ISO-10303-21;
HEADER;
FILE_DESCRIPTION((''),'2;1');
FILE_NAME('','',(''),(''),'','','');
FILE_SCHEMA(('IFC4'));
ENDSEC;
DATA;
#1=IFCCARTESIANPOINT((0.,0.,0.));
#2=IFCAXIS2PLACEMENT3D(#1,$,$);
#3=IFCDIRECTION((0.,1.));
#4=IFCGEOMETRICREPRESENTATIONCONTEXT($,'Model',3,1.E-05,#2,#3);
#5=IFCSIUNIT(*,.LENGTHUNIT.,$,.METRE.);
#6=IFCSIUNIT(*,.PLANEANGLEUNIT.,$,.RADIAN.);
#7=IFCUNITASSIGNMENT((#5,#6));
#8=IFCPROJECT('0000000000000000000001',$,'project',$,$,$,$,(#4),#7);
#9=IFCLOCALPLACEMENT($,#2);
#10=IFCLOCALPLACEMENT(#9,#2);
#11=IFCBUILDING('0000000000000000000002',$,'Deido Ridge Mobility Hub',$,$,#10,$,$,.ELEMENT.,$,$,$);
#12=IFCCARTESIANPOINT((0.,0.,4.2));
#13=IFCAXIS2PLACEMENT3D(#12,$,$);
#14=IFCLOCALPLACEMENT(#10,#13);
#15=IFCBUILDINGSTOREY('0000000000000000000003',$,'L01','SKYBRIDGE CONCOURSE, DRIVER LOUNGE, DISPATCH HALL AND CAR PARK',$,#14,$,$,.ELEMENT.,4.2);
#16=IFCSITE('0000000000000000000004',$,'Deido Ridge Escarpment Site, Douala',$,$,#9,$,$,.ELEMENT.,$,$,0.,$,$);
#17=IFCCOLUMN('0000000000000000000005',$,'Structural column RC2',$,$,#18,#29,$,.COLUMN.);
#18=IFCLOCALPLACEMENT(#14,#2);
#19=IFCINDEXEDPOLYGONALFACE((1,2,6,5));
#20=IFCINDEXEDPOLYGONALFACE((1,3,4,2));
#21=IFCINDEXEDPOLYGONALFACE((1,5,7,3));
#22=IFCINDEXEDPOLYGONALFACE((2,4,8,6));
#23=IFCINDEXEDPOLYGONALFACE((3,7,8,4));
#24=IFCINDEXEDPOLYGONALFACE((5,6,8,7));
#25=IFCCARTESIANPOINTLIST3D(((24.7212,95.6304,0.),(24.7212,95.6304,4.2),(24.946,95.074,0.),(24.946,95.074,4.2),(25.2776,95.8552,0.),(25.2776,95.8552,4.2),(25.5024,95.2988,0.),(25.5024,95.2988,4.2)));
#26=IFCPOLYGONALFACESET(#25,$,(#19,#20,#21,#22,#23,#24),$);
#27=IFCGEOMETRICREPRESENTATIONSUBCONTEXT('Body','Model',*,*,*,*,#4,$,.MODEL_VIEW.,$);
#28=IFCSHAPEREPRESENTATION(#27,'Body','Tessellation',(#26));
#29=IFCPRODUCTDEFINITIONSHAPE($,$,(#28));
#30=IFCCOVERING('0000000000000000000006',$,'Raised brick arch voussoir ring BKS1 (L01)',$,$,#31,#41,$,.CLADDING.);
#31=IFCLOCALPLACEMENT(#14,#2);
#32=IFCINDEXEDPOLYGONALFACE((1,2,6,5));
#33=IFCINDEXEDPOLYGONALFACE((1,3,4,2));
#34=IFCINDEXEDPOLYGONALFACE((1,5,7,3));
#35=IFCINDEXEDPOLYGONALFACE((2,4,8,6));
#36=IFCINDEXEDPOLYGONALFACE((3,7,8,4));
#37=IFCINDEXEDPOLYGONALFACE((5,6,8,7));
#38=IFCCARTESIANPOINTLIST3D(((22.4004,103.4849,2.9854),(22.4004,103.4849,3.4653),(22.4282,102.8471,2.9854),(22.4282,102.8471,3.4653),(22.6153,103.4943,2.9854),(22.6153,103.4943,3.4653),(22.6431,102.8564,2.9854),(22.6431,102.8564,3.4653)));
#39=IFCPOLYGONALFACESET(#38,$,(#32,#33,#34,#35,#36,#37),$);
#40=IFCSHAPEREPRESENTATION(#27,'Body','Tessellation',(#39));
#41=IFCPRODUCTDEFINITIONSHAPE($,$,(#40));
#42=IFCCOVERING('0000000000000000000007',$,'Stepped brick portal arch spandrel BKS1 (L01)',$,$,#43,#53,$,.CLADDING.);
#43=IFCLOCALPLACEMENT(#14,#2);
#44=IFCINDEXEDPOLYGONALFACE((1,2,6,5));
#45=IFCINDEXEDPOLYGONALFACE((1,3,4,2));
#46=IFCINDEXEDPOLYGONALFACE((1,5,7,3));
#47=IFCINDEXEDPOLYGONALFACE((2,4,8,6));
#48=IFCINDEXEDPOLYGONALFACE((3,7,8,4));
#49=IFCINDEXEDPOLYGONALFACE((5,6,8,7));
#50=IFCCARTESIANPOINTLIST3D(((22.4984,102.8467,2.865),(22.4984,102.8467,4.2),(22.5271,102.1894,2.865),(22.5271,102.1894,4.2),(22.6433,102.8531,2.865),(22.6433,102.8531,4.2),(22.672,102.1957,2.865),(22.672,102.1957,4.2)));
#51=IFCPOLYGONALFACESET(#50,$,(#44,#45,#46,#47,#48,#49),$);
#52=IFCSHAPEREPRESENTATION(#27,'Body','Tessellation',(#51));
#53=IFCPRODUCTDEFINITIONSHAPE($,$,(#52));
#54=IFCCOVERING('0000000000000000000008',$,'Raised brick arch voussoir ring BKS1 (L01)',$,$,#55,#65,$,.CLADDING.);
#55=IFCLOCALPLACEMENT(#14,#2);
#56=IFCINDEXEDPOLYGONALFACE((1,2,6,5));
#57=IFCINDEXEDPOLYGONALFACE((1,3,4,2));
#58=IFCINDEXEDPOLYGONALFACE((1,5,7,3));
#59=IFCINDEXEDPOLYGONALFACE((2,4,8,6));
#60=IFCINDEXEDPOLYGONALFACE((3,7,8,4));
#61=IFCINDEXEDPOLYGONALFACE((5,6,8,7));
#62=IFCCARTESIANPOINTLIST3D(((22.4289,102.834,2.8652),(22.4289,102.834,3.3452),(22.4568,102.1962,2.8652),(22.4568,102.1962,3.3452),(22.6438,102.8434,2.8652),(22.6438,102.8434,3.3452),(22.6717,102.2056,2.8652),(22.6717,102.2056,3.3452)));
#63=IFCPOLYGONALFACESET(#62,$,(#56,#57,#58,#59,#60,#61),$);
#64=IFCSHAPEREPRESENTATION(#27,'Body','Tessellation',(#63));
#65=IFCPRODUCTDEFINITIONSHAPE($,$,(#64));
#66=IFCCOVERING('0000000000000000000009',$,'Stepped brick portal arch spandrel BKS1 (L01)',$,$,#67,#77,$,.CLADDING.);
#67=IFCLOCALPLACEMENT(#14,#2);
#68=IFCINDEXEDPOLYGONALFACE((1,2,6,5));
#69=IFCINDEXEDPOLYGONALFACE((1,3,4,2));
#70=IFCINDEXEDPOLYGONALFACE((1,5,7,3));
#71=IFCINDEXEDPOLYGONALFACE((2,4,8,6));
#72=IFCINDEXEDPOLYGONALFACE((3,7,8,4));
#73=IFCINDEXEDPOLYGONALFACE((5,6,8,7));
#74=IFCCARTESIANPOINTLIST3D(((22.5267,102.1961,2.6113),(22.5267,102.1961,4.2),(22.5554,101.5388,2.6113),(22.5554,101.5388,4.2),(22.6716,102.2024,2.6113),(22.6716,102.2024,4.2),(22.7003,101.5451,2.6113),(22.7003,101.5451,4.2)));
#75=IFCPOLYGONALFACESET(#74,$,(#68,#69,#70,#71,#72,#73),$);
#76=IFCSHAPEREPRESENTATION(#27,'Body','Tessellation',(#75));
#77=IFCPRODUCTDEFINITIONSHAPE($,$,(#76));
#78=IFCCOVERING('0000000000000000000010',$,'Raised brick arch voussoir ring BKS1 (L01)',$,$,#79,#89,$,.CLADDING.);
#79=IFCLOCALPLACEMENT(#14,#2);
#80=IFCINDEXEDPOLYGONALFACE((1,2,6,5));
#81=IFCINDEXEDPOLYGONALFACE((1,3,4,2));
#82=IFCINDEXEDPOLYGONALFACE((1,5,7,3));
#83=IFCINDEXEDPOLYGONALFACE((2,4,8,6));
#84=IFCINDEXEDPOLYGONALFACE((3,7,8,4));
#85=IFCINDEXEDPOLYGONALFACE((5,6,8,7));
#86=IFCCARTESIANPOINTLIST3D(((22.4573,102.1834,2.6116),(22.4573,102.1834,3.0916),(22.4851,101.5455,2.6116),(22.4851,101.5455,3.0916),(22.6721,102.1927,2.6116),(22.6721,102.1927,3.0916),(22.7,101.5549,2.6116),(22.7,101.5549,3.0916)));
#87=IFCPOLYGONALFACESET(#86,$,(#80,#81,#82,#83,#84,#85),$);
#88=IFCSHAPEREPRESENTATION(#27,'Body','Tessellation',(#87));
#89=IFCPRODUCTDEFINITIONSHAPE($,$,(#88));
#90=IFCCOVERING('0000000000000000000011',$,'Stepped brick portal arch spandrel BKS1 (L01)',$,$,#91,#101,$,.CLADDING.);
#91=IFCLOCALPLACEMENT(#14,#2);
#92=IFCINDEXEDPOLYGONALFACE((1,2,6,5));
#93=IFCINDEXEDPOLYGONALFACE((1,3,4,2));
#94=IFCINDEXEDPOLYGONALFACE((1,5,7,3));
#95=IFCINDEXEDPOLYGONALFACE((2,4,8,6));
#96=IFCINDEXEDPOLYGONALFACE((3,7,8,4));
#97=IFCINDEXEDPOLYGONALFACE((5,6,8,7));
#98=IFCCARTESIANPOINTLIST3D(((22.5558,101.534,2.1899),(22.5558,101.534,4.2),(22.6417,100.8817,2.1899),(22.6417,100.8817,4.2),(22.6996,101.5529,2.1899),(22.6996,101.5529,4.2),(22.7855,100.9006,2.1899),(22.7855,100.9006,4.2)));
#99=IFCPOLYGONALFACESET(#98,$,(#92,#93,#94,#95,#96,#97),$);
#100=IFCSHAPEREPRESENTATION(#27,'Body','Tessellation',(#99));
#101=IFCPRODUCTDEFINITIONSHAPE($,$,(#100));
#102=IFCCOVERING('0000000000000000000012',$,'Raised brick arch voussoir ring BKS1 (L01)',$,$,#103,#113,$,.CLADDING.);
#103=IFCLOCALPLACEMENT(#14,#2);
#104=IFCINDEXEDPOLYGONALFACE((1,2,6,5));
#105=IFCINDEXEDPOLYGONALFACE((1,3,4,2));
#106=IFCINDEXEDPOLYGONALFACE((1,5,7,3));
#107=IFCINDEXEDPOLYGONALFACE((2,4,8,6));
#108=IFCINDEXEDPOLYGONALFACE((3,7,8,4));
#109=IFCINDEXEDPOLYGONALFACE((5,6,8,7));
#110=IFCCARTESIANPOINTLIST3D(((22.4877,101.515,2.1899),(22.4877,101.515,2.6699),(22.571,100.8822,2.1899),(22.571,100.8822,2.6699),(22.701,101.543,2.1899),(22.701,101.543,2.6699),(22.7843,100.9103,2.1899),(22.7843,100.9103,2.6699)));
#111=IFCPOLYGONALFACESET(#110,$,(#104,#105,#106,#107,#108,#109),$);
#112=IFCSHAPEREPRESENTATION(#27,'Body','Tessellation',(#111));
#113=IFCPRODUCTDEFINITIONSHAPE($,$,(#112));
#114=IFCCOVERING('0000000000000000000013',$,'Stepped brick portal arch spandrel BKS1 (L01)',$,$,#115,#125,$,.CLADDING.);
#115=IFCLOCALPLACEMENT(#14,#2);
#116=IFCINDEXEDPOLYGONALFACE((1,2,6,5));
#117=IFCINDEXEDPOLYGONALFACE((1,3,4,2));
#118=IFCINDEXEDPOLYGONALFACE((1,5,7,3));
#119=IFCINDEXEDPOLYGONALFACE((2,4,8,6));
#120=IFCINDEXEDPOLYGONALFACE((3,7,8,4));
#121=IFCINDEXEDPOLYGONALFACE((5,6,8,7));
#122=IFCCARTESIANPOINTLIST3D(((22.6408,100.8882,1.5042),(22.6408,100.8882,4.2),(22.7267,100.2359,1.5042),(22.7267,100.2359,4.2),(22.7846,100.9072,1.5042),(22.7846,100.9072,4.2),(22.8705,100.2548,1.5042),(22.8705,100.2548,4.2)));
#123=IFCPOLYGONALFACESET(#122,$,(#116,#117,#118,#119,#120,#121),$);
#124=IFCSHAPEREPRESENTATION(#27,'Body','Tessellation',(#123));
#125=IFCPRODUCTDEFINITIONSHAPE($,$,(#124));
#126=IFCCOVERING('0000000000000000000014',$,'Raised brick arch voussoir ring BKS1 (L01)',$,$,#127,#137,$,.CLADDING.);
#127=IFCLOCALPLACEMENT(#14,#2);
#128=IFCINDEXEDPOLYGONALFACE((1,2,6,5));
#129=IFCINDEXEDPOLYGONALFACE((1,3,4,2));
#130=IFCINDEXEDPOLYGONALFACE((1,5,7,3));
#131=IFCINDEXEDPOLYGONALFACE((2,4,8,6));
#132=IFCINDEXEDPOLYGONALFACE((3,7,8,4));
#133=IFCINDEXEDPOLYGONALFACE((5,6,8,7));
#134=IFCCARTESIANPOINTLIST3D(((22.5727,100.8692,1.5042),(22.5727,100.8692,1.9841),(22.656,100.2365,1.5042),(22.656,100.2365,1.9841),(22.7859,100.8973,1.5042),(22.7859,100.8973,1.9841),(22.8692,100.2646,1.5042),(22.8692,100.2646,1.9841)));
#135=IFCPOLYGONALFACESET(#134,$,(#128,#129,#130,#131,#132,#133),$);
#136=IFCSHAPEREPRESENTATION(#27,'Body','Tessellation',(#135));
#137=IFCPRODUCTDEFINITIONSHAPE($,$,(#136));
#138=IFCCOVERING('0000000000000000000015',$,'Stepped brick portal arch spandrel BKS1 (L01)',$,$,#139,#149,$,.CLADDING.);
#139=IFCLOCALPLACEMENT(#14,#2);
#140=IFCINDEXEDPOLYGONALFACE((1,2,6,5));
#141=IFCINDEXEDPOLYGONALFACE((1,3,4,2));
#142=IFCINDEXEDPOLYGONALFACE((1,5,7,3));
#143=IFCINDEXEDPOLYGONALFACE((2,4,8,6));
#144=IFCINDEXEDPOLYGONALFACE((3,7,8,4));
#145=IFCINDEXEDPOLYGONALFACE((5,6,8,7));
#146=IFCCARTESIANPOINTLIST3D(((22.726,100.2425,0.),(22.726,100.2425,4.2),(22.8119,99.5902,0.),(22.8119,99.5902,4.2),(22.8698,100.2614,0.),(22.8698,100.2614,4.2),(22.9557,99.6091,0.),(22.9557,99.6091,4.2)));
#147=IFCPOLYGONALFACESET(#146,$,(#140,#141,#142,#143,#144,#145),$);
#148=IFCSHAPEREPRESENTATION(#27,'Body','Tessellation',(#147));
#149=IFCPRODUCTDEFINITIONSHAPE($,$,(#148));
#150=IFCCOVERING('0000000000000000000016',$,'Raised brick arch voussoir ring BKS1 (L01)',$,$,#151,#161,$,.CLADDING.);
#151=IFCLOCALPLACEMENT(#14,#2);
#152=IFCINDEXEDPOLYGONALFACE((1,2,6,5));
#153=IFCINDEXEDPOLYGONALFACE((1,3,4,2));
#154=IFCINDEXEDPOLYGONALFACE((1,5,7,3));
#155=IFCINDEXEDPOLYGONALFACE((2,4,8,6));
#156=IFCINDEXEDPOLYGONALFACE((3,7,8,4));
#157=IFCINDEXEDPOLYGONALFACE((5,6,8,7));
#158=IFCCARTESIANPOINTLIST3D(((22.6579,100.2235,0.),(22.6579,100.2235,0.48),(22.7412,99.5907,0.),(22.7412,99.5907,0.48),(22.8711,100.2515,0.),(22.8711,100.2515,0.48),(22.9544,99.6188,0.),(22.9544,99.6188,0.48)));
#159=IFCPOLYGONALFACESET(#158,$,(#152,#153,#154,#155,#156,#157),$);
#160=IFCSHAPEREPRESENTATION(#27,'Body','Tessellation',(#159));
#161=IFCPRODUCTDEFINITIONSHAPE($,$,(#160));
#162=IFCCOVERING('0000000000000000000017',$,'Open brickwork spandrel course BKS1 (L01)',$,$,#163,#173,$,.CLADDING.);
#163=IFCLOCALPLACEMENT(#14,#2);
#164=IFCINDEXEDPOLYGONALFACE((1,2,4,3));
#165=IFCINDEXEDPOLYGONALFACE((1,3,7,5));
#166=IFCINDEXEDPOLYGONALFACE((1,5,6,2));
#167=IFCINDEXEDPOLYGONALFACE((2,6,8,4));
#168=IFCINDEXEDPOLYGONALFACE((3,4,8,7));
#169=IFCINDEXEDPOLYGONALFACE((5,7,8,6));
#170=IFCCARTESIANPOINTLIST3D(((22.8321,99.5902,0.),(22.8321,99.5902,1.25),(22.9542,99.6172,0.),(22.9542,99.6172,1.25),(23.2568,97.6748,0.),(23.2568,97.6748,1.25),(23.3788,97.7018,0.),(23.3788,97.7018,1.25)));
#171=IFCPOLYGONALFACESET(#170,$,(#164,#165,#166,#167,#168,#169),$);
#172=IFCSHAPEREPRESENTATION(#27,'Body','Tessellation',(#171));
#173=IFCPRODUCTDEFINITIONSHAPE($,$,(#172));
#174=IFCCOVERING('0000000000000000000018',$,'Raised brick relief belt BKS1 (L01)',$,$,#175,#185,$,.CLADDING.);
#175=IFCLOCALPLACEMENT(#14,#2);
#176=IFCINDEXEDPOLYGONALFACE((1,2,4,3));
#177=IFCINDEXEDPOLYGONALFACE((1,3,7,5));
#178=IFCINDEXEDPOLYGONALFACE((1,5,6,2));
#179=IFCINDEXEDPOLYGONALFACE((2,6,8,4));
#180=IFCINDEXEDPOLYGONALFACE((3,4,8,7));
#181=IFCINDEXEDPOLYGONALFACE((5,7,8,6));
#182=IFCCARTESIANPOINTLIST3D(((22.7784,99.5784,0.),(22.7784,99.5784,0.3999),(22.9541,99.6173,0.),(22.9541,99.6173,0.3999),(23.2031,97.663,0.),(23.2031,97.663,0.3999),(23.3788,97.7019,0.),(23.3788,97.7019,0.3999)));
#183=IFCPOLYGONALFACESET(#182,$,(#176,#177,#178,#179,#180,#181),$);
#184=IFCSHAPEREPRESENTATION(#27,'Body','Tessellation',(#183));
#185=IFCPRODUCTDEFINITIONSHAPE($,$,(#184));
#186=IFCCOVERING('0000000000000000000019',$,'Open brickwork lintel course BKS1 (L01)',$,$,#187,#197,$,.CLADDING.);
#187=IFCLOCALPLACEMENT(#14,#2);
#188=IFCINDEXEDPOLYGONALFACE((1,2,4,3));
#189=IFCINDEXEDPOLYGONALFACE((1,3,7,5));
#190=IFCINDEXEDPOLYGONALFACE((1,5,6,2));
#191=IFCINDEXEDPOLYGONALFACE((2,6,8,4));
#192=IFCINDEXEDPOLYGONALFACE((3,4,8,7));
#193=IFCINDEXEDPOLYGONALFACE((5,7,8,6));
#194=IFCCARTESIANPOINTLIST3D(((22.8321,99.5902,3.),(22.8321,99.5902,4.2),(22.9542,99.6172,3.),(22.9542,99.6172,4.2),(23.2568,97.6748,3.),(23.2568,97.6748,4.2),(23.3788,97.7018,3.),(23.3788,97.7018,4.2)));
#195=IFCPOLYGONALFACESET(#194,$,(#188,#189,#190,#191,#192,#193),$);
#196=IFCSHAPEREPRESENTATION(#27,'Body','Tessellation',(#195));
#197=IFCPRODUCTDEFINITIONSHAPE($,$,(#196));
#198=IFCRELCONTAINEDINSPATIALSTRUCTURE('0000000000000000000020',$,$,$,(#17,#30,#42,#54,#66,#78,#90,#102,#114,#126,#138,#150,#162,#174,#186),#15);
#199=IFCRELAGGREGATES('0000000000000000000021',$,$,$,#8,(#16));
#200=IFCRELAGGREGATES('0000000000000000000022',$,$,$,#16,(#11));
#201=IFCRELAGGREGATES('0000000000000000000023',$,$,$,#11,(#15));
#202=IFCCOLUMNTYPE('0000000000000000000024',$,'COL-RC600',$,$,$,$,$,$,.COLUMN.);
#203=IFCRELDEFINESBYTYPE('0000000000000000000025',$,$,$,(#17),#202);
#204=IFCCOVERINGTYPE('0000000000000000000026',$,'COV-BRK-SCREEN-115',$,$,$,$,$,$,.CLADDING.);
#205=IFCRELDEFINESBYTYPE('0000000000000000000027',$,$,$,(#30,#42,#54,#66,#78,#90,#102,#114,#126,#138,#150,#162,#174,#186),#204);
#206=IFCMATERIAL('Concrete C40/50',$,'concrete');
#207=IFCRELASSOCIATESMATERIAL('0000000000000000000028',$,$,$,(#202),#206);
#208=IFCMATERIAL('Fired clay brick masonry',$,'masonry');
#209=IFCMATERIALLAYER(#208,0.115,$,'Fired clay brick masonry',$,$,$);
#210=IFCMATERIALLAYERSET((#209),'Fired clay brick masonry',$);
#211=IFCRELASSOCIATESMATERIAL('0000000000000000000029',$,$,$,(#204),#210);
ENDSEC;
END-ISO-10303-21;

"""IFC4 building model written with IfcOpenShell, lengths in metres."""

from ifc_helpers import new_model, si_unit, direction, frame, origin, origin_2d, place, context, subcontext, project, spatial, rectangle, extrude, material, layer, layer_set, material_profile, profile_set, type_object, element, save


model = new_model("IFC4")

# Units and contexts
model_context = context("Model", 3, precision=1e-05, world=origin(), true_north=direction((0.0, 1.0)))
body_context = subcontext(model_context, "Body", "Model", "MODEL_VIEW")
ifc_project = project(units=[si_unit("LENGTHUNIT", "METRE"), si_unit("PLANEANGLEUNIT", "RADIAN")], contexts=[model_context])

# Site, building, storey
site_placement = place(None, origin())
site = spatial("IfcSite", under=ifc_project, at=site_placement, Name="Deido Ridge Escarpment Site, Douala", CompositionType="ELEMENT", RefElevation=0.0)
building_placement = place(site_placement, origin())
building = spatial("IfcBuilding", under=site, at=building_placement, Name="Deido Ridge Mobility Hub", CompositionType="ELEMENT")
storey_placement = place(building_placement, frame((0.0, 0.0, 4.2)))
storey = spatial("IfcBuildingStorey", under=building, at=storey_placement, Name="L01", Description="SKYBRIDGE CONCOURSE, DRIVER LOUNGE, DISPATCH HALL AND CAR PARK", CompositionType="ELEMENT", Elevation=4.2)

# Column
ifc_material_1 = material(Name="Concrete C40/50", Category="concrete")
ifc_material_profile = material_profile(ifc_material_1, rectangle(XDim=0.6001, YDim=0.6001, at=origin_2d()), Name="RC COL 600x600")
ifc_profile_set = profile_set([ifc_material_profile], Name="Concrete C40/50")
column_type = type_object("IfcColumnType", Name="COL-RC600", PredefinedType="COLUMN", material=ifc_profile_set)
column_placement = place(storey_placement, frame((25.1118, 95.4646, 0.0), z_axis=(0.0, 0.0, 1.0), x_axis=(-0.927184, -0.374607, 0.0)))
element("IfcColumn", 1, at=column_placement, inside=storey, type_object=column_type, Name="Structural column RC2", PredefinedType="COLUMN", context=body_context, shape_type="SweptSolid", body=[
    extrude(rectangle(XDim=0.6001, YDim=0.6001, at=origin_2d()), origin(), (0.0, 0.0, 1.0), 4.2),
])

# Coverings
ifc_material_2 = material(Name="Fired clay brick masonry", Category="masonry")
ifc_layer = layer(ifc_material_2, 0.115, Name="Fired clay brick masonry")
ifc_layer_set = layer_set([ifc_layer], Name="Fired clay brick masonry")
covering_type = type_object("IfcCoveringType", Name="COV-BRK-SCREEN-115", PredefinedType="CLADDING", material=ifc_layer_set)
covering_1_placement = place(storey_placement, frame((22.5217, 103.1707, 2.9854), z_axis=(0.0, 0.0, 1.0), x_axis=(0.043602, -0.999049, 0.0)))
element("IfcCovering", 2, at=covering_1_placement, inside=storey, type_object=covering_type, Name="Raised brick arch voussoir ring BKS1 (L01)", PredefinedType="CLADDING", context=body_context, shape_type="SweptSolid", body=[
    extrude(rectangle(XDim=0.6384, YDim=0.2151, at=origin_2d()), origin(), (0.0, 0.0, 1.0), 0.48),
])
covering_2_placement = place(storey_placement, frame((22.5852, 102.5212, 2.865), z_axis=(0.0, 0.0, 1.0), x_axis=(0.043602, -0.999049, 0.0)))
element("IfcCovering", 3, at=covering_2_placement, inside=storey, type_object=covering_type, Name="Stepped brick portal arch spandrel BKS1 (L01)", PredefinedType="CLADDING", context=body_context, shape_type="SweptSolid", body=[
    extrude(rectangle(XDim=0.658, YDim=0.145, at=origin_2d()), origin(), (0.0, 0.0, 1.0), 1.335),
])
covering_3_placement = place(storey_placement, frame((22.5503, 102.5198, 2.8652), z_axis=(0.0, 0.0, 1.0), x_axis=(0.043602, -0.999049, 0.0)))
element("IfcCovering", 4, at=covering_3_placement, inside=storey, type_object=covering_type, Name="Raised brick arch voussoir ring BKS1 (L01)", PredefinedType="CLADDING", context=body_context, shape_type="SweptSolid", body=[
    extrude(rectangle(XDim=0.6384, YDim=0.2151, at=origin_2d()), origin(), (0.0, 0.0, 1.0), 0.48),
])
covering_4_placement = place(storey_placement, frame((22.6135, 101.8706, 2.6113), z_axis=(0.0, 0.0, 1.0), x_axis=(0.043602, -0.999049, 0.0)))
element("IfcCovering", 5, at=covering_4_placement, inside=storey, type_object=covering_type, Name="Stepped brick portal arch spandrel BKS1 (L01)", PredefinedType="CLADDING", context=body_context, shape_type="SweptSolid", body=[
    extrude(rectangle(XDim=0.658, YDim=0.145, at=origin_2d()), origin(), (0.0, 0.0, 1.0), 1.5886),
])
covering_5_placement = place(storey_placement, frame((22.5786, 101.8691, 2.6116), z_axis=(0.0, 0.0, 1.0), x_axis=(0.043602, -0.999049, 0.0)))
element("IfcCovering", 6, at=covering_5_placement, inside=storey, type_object=covering_type, Name="Raised brick arch voussoir ring BKS1 (L01)", PredefinedType="CLADDING", context=body_context, shape_type="SweptSolid", body=[
    extrude(rectangle(XDim=0.6384, YDim=0.2151, at=origin_2d()), origin(), (0.0, 0.0, 1.0), 0.48),
])
covering_6_placement = place(storey_placement, frame((22.6707, 101.2173, 2.1899), z_axis=(0.0, 0.0, 1.0), x_axis=(0.130543, -0.991443, 0.0)))
element("IfcCovering", 7, at=covering_6_placement, inside=storey, type_object=covering_type, Name="Stepped brick portal arch spandrel BKS1 (L01)", PredefinedType="CLADDING", context=body_context, shape_type="SweptSolid", body=[
    extrude(rectangle(XDim=0.658, YDim=0.145, at=origin_2d()), origin(), (0.0, 0.0, 1.0), 2.01),
])
covering_7_placement = place(storey_placement, frame((22.636, 101.2126, 2.1899), z_axis=(0.0, 0.0, 1.0), x_axis=(0.130543, -0.991443, 0.0)))
element("IfcCovering", 8, at=covering_7_placement, inside=storey, type_object=covering_type, Name="Raised brick arch voussoir ring BKS1 (L01)", PredefinedType="CLADDING", context=body_context, shape_type="SweptSolid", body=[
    extrude(rectangle(XDim=0.6382, YDim=0.2151, at=origin_2d()), origin(), (0.0, 0.0, 1.0), 0.48),
])
covering_8_placement = place(storey_placement, frame((22.7556, 100.5715, 1.5042), z_axis=(0.0, 0.0, 1.0), x_axis=(0.130543, -0.991443, 0.0)))
element("IfcCovering", 9, at=covering_8_placement, inside=storey, type_object=covering_type, Name="Stepped brick portal arch spandrel BKS1 (L01)", PredefinedType="CLADDING", context=body_context, shape_type="SweptSolid", body=[
    extrude(rectangle(XDim=0.658, YDim=0.145, at=origin_2d()), origin(), (0.0, 0.0, 1.0), 2.6958),
])
covering_9_placement = place(storey_placement, frame((22.7209, 100.5669, 1.5042), z_axis=(0.0, 0.0, 1.0), x_axis=(0.130543, -0.991443, 0.0)))
element("IfcCovering", 10, at=covering_9_placement, inside=storey, type_object=covering_type, Name="Raised brick arch voussoir ring BKS1 (L01)", PredefinedType="CLADDING", context=body_context, shape_type="SweptSolid", body=[
    extrude(rectangle(XDim=0.6382, YDim=0.2151, at=origin_2d()), origin(), (0.0, 0.0, 1.0), 0.48),
])
covering_10_placement = place(storey_placement, frame((22.8408, 99.9258, 0.0), z_axis=(0.0, 0.0, 1.0), x_axis=(0.130543, -0.991443, 0.0)))
element("IfcCovering", 11, at=covering_10_placement, inside=storey, type_object=covering_type, Name="Stepped brick portal arch spandrel BKS1 (L01)", PredefinedType="CLADDING", context=body_context, shape_type="SweptSolid", body=[
    extrude(rectangle(XDim=0.658, YDim=0.145, at=origin_2d()), origin(), (0.0, 0.0, 1.0), 4.2),
])
covering_11_placement = place(storey_placement, frame((22.8062, 99.9211, 0.0), z_axis=(0.0, 0.0, 1.0), x_axis=(0.130543, -0.991443, 0.0)))
element("IfcCovering", 12, at=covering_11_placement, inside=storey, type_object=covering_type, Name="Raised brick arch voussoir ring BKS1 (L01)", PredefinedType="CLADDING", context=body_context, shape_type="SweptSolid", body=[
    extrude(rectangle(XDim=0.6382, YDim=0.2151, at=origin_2d()), origin(), (0.0, 0.0, 1.0), 0.48),
])
covering_12_placement = place(storey_placement, frame((23.1055, 98.646, 0.0), z_axis=(0.0, 0.0, 1.0), x_axis=(0.216457, -0.976292, 0.0)))
element("IfcCovering", 13, at=covering_12_placement, inside=storey, type_object=covering_type, Name="Open brickwork spandrel course BKS1 (L01)", PredefinedType="CLADDING", context=body_context, shape_type="SweptSolid", body=[
    extrude(rectangle(XDim=1.9619, YDim=0.125, at=origin_2d()), origin(), (0.0, 0.0, 1.0), 1.25),
])
covering_13_placement = place(storey_placement, frame((23.0786, 98.6401, 0.0), z_axis=(0.0, 0.0, 1.0), x_axis=(0.216457, -0.976292, 0.0)))
element("IfcCovering", 14, at=covering_13_placement, inside=storey, type_object=covering_type, Name="Raised brick relief belt BKS1 (L01)", PredefinedType="CLADDING", context=body_context, shape_type="SweptSolid", body=[
    extrude(rectangle(XDim=1.9619, YDim=0.1799, at=origin_2d()), origin(), (0.0, 0.0, 1.0), 0.3999),
])
covering_14_placement = place(storey_placement, frame((23.1055, 98.646, 3.0), z_axis=(0.0, 0.0, 1.0), x_axis=(0.216457, -0.976292, 0.0)))
element("IfcCovering", 15, at=covering_14_placement, inside=storey, type_object=covering_type, Name="Open brickwork lintel course BKS1 (L01)", PredefinedType="CLADDING", context=body_context, shape_type="SweptSolid", body=[
    extrude(rectangle(XDim=1.9619, YDim=0.125, at=origin_2d()), origin(), (0.0, 0.0, 1.0), 1.2),
])

save(model, "model.ifc")
